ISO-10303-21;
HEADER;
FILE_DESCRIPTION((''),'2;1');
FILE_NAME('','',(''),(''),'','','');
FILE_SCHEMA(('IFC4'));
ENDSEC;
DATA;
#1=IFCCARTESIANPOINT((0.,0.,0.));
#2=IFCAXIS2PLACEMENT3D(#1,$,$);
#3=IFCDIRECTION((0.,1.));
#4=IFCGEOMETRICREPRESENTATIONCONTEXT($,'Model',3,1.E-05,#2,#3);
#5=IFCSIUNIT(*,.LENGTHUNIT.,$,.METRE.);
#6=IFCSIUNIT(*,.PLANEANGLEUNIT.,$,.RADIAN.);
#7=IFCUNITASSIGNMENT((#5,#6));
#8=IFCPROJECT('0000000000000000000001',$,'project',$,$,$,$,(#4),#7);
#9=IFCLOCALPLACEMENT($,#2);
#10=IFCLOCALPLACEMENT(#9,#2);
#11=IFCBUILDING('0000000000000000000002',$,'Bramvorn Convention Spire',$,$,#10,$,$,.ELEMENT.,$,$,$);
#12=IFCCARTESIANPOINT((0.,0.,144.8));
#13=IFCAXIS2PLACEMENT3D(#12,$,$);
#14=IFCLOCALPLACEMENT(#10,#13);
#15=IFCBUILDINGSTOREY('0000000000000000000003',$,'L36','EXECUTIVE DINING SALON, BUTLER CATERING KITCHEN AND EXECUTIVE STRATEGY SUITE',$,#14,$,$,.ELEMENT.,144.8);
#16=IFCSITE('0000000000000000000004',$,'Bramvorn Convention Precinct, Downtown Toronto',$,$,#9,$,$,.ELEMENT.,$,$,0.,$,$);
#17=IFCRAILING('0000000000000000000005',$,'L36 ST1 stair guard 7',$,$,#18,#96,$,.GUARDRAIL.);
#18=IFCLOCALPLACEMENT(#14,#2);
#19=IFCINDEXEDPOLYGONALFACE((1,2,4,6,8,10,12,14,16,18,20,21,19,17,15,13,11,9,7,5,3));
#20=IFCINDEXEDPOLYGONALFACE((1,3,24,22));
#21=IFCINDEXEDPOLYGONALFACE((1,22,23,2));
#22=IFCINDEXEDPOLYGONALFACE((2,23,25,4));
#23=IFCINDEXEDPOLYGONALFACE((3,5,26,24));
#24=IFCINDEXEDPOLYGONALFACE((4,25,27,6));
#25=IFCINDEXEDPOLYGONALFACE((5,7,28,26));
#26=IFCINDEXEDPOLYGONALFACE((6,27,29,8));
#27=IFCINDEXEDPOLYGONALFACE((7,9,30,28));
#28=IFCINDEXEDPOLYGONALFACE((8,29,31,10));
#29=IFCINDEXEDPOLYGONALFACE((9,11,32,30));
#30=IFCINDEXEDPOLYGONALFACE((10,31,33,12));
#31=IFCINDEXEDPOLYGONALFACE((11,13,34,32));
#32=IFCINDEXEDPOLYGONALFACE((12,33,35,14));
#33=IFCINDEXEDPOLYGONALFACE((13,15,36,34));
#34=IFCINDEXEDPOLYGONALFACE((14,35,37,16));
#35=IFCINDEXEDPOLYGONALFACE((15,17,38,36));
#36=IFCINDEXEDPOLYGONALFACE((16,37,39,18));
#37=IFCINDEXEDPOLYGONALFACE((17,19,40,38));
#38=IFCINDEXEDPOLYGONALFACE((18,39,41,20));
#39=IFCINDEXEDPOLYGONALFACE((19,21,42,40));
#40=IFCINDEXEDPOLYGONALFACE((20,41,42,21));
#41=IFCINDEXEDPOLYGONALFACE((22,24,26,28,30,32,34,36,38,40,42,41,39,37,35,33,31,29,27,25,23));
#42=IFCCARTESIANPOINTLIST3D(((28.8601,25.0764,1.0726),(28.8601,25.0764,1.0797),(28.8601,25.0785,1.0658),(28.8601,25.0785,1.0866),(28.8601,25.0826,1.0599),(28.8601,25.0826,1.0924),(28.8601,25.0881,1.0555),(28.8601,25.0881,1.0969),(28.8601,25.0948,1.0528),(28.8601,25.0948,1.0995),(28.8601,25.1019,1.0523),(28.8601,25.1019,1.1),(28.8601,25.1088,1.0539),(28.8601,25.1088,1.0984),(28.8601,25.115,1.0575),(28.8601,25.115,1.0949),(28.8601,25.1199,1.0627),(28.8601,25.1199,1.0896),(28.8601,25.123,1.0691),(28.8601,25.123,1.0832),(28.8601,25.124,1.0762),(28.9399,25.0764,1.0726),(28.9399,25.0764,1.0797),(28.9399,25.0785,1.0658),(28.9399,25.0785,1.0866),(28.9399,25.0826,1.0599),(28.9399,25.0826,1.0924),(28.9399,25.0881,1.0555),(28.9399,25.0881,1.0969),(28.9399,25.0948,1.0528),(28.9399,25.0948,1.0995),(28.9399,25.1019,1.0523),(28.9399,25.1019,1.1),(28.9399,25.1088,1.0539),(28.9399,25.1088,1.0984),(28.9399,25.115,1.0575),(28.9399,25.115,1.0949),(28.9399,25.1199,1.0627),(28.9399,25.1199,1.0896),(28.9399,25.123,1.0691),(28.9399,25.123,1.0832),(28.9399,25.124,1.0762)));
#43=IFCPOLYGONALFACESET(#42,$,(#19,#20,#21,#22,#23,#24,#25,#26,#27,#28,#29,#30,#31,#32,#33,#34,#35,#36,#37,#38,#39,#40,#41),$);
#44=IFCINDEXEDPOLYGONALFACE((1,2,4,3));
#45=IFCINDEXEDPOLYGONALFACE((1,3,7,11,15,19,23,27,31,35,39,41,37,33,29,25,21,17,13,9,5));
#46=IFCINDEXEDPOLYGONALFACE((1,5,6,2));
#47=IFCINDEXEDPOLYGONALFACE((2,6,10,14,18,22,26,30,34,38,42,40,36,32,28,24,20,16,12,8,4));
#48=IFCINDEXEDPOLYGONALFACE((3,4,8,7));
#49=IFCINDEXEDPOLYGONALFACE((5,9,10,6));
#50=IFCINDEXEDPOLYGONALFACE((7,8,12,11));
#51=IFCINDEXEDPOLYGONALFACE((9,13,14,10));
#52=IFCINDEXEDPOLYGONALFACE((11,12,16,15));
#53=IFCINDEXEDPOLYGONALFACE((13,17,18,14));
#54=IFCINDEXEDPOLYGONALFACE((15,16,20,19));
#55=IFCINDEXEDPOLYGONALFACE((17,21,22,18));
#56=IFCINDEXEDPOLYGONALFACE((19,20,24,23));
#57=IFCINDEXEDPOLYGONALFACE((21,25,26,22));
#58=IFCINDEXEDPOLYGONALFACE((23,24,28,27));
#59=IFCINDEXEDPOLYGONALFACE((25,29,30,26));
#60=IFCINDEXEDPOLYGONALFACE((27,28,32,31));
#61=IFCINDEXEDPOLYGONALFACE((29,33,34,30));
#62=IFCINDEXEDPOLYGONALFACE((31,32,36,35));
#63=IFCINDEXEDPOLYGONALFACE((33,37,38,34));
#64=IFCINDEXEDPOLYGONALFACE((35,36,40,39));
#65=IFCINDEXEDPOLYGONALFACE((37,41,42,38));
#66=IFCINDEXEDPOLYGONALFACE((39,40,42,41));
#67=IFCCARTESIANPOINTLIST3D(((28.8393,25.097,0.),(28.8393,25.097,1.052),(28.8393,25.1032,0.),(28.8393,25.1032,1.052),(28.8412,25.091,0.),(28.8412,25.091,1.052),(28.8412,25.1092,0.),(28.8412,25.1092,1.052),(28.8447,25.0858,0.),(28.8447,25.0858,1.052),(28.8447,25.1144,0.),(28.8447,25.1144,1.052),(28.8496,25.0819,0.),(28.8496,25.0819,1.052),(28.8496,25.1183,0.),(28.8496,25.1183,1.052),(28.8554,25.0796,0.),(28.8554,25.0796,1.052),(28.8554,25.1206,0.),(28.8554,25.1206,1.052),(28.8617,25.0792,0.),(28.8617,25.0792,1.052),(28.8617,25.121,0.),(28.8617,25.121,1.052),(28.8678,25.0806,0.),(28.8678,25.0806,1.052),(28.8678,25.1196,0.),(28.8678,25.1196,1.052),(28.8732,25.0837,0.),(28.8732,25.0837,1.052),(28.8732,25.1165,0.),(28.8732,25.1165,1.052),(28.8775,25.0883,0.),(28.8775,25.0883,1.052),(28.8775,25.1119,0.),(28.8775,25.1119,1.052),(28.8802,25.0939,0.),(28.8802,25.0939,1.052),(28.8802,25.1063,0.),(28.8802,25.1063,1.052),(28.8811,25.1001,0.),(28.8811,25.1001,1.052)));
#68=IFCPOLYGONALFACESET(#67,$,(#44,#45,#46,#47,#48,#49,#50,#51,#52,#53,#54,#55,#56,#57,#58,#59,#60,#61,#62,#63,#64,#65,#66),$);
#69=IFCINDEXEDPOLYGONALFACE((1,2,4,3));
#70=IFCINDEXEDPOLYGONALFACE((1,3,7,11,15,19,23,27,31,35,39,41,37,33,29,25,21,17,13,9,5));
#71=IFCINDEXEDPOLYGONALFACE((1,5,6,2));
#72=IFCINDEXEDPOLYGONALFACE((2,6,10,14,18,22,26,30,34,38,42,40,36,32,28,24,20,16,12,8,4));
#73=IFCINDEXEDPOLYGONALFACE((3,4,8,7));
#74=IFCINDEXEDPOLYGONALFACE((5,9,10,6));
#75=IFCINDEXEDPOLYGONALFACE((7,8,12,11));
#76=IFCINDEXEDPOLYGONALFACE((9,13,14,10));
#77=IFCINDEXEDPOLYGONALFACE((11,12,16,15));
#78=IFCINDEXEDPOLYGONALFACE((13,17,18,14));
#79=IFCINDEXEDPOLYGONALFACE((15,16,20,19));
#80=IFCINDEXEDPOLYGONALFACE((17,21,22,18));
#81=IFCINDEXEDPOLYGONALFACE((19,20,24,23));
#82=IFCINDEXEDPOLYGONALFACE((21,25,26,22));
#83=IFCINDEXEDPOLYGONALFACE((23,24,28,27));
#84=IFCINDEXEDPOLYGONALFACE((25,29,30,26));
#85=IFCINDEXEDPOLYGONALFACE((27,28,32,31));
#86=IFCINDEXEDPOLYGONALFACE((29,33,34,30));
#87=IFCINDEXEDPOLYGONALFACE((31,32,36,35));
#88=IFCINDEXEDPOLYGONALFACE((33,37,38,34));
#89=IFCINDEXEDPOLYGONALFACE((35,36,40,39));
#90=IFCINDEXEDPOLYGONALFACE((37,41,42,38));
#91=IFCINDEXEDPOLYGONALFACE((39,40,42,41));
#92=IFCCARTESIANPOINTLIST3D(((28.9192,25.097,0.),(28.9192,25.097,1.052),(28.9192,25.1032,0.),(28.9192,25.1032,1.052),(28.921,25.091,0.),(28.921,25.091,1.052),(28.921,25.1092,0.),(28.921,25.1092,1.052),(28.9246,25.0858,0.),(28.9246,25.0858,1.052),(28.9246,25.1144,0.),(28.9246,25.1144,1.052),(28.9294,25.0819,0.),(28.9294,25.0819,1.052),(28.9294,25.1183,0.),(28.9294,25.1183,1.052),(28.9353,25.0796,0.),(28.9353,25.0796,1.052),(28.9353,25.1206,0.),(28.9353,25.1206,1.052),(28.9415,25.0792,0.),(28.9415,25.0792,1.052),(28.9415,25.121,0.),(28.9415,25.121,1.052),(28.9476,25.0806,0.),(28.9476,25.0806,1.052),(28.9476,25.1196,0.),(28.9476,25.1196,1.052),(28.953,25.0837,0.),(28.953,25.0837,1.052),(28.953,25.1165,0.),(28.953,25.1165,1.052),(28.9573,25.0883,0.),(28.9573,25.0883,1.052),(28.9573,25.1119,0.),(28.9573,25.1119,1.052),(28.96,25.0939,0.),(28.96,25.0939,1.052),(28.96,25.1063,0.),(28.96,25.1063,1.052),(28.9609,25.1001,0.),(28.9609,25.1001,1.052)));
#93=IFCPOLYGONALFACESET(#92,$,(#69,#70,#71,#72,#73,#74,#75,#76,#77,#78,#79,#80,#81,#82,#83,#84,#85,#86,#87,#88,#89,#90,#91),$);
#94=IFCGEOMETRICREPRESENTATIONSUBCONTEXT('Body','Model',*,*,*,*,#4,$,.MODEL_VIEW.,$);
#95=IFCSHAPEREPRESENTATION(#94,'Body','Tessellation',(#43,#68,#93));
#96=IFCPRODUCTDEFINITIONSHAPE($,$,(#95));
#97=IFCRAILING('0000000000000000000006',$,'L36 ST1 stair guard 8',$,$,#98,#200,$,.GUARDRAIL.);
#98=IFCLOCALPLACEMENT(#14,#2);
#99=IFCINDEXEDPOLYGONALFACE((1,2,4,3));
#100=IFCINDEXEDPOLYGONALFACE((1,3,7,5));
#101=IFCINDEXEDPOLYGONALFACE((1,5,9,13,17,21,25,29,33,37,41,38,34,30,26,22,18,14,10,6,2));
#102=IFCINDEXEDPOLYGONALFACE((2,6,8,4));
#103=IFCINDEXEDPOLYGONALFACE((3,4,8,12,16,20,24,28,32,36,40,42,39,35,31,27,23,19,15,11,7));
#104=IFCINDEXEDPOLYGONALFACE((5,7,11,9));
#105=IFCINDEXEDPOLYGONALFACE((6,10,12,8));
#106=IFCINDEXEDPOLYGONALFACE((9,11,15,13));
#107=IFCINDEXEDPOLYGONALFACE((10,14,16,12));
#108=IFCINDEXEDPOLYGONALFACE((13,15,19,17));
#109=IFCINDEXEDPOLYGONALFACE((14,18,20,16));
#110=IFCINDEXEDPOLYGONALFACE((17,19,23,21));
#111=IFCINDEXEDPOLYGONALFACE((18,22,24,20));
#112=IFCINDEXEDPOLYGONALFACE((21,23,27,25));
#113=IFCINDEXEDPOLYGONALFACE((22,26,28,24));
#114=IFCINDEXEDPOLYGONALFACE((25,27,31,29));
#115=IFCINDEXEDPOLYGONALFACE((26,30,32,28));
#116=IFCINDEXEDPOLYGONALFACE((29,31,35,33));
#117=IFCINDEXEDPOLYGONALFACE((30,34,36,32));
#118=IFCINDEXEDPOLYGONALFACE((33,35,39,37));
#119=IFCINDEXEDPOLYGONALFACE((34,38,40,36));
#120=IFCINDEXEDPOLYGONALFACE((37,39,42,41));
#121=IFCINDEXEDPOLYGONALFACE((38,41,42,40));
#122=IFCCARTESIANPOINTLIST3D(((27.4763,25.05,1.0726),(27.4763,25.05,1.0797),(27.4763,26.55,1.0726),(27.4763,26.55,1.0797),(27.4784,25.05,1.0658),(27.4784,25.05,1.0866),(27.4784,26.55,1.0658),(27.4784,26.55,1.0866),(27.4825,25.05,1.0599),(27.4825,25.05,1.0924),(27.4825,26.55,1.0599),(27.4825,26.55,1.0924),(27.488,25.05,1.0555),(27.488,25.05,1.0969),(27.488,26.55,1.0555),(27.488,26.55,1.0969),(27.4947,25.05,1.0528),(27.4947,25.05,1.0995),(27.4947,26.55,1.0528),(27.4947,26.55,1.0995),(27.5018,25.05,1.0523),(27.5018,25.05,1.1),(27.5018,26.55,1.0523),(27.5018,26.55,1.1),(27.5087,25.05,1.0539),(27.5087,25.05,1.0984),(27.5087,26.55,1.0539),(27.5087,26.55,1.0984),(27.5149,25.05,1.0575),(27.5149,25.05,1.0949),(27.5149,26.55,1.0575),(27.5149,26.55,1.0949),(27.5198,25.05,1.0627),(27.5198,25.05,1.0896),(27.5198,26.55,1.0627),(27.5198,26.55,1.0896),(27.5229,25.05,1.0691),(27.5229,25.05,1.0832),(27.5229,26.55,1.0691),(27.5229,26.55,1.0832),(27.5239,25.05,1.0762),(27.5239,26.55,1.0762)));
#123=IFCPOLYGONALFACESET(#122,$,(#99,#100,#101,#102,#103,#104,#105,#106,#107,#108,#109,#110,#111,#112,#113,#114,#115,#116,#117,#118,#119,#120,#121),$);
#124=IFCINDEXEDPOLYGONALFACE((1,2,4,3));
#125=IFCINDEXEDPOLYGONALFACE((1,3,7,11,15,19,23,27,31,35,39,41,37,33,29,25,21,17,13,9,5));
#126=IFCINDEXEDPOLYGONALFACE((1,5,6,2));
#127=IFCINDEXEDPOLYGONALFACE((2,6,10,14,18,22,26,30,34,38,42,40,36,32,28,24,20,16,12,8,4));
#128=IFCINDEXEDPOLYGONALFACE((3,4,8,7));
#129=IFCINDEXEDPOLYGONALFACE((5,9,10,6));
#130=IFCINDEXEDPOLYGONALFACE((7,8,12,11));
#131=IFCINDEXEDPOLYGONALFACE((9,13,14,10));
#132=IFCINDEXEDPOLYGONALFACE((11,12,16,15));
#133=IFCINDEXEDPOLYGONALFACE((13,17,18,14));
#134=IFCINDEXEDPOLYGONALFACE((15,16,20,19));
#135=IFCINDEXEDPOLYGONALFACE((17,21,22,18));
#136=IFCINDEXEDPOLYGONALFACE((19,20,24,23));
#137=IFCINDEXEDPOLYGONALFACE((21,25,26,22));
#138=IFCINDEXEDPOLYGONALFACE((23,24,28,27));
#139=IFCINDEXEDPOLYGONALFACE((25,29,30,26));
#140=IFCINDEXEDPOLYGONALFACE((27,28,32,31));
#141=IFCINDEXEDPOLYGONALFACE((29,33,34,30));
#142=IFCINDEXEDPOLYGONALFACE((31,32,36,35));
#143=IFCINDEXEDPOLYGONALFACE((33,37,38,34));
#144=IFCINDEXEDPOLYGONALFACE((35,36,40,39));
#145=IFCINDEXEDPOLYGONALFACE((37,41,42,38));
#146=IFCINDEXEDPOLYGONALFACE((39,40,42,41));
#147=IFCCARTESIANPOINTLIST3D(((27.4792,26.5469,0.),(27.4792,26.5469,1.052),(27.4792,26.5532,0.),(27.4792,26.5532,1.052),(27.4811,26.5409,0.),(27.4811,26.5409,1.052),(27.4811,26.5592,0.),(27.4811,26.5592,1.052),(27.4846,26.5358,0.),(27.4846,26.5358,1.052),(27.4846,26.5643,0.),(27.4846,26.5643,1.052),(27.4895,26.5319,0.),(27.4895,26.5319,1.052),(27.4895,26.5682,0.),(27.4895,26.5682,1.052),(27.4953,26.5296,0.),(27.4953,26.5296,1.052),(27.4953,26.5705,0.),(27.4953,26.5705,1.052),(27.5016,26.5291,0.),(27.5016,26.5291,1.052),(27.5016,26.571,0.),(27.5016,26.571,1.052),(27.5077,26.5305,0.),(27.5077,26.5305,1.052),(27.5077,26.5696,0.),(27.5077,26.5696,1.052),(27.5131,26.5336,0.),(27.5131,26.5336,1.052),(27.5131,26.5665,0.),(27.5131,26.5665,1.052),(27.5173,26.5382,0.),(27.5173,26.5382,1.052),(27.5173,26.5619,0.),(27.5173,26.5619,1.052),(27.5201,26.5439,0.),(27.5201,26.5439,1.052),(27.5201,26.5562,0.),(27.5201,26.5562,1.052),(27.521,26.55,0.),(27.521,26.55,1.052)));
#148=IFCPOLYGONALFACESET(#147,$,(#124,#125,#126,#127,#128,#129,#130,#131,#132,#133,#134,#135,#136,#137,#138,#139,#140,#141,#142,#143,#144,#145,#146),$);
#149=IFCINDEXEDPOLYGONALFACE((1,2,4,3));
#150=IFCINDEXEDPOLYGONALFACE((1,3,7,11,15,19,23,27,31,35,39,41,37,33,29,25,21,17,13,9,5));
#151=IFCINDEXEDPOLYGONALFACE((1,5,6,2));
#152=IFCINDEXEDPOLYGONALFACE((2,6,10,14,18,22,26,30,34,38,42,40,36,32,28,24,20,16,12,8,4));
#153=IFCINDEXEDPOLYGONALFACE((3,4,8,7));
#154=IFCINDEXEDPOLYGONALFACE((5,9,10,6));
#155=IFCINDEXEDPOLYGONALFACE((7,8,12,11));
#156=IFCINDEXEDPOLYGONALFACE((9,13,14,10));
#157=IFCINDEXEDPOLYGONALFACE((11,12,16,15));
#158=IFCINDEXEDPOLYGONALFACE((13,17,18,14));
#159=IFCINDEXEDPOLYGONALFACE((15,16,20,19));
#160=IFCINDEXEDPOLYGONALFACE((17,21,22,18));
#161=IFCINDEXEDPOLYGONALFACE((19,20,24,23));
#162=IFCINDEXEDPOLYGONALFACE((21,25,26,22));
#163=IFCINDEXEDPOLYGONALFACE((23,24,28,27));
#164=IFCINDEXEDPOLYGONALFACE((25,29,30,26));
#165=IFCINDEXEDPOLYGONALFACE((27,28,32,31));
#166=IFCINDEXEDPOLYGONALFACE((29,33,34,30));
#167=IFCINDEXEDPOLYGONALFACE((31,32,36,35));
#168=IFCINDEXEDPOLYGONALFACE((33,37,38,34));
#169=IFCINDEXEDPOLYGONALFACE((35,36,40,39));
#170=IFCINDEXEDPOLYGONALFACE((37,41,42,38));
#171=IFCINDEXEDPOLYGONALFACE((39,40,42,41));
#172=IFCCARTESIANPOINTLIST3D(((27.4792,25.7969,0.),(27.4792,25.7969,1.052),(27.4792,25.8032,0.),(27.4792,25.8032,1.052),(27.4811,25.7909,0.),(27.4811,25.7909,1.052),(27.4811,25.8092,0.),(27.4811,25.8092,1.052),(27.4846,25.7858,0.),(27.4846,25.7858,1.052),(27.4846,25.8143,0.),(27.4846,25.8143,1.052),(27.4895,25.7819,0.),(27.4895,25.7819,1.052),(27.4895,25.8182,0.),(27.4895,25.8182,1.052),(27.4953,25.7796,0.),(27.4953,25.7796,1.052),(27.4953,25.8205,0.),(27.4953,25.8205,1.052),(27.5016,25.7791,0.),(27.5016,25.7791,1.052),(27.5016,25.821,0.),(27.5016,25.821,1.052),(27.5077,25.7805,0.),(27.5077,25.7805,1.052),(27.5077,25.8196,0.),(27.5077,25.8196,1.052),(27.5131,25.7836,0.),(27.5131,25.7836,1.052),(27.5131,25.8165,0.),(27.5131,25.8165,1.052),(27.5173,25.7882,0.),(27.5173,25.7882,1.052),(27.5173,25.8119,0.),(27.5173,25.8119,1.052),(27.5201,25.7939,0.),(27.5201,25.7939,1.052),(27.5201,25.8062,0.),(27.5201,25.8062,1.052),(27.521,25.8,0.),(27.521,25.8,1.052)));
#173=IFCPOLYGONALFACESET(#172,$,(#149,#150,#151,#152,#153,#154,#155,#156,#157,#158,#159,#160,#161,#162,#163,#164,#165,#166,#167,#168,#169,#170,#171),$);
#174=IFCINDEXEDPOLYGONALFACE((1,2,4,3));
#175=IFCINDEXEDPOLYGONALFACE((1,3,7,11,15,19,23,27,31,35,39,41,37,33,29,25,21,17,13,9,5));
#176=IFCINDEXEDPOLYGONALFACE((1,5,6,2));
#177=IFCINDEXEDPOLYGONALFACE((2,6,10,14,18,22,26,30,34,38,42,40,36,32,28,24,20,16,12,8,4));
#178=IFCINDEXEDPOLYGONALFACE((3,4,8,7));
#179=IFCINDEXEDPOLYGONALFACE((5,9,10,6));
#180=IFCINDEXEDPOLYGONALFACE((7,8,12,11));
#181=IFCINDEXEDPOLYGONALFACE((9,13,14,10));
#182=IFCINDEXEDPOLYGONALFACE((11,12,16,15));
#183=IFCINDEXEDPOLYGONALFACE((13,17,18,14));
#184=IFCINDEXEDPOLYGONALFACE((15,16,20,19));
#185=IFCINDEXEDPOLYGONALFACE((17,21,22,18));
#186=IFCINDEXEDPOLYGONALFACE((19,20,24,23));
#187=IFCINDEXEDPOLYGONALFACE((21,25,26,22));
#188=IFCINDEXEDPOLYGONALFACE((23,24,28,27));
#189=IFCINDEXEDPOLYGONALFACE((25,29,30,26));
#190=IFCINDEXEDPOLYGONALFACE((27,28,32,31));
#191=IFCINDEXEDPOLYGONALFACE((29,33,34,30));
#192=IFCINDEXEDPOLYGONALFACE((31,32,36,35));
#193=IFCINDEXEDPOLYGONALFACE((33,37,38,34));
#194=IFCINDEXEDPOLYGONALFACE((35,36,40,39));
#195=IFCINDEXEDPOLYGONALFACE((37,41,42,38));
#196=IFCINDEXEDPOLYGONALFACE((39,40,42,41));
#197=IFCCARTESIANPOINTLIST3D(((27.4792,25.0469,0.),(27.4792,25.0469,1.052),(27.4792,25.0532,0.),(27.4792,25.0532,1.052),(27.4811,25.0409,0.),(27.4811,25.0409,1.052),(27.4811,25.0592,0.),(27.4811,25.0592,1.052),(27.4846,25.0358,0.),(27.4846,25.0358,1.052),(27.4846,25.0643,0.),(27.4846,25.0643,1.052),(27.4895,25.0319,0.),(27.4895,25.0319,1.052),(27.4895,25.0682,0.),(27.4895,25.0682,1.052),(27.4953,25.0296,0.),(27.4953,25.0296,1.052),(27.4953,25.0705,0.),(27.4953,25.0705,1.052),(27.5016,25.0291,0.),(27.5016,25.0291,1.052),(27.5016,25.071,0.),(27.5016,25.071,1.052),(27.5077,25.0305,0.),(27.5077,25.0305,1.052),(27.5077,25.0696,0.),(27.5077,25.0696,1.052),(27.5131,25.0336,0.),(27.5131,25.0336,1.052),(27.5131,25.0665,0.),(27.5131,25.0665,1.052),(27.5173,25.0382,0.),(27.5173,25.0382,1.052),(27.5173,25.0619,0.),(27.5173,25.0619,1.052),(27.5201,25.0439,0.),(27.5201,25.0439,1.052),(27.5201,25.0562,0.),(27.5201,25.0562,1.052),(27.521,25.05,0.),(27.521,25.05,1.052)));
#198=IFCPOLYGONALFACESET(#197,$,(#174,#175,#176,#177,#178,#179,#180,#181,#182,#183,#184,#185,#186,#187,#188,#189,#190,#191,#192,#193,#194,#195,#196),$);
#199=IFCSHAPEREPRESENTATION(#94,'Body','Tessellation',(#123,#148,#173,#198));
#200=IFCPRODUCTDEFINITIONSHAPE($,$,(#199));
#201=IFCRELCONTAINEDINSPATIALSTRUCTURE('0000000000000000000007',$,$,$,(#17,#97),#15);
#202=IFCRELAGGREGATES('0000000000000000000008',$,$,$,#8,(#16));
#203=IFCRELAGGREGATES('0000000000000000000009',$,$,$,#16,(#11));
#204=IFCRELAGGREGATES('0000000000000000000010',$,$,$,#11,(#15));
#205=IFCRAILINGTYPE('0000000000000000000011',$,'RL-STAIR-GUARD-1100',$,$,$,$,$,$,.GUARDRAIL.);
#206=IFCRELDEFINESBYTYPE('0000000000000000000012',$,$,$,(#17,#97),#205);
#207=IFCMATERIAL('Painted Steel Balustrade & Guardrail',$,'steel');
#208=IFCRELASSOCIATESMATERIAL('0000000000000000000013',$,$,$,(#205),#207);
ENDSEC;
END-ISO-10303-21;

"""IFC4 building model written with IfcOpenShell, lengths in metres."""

from ifc_helpers import new_model, si_unit, direction, frame, origin, origin_2d, place, context, subcontext, project, spatial, circle, extrude, material, type_object, element, save


model = new_model("IFC4")

# Units and contexts
model_context = context("Model", 3, precision=1e-05, world=origin(), true_north=direction((0.0, 1.0)))
body_context = subcontext(model_context, "Body", "Model", "MODEL_VIEW")
ifc_project = project(units=[si_unit("LENGTHUNIT", "METRE"), si_unit("PLANEANGLEUNIT", "RADIAN")], contexts=[model_context])

# Site, building, storey
site_placement = place(None, origin())
site = spatial("IfcSite", under=ifc_project, at=site_placement, Name="Bramvorn Convention Precinct, Downtown Toronto", CompositionType="ELEMENT", RefElevation=0.0)
building_placement = place(site_placement, origin())
building = spatial("IfcBuilding", under=site, at=building_placement, Name="Bramvorn Convention Spire", CompositionType="ELEMENT")
storey_placement = place(building_placement, frame((0.0, 0.0, 144.8)))
storey = spatial("IfcBuildingStorey", under=building, at=storey_placement, Name="L36", Description="EXECUTIVE DINING SALON, BUTLER CATERING KITCHEN AND EXECUTIVE STRATEGY SUITE", CompositionType="ELEMENT", Elevation=144.8)

# Railings
ifc_material_1 = material(Name="Painted Steel Balustrade & Guardrail", Category="steel")
railing_type_1 = type_object("IfcRailingType", Name="RL-STAIR-GUARD-1100", PredefinedType="GUARDRAIL", material=ifc_material_1)
railing_1_placement = place(storey_placement, frame((28.8601, 25.1001, 0.0)))
element("IfcRailing", 1, at=railing_1_placement, inside=storey, type_object=railing_type_1, Name="L36 ST1 stair guard 7", PredefinedType="GUARDRAIL", context=body_context, shape_type="SweptSolid", body=[
    extrude(circle(Radius=0.0239, at=origin_2d()), frame((0.0, 0.0, 1.0762), z_axis=(1.0, 0.0, 0.0), x_axis=(0.0, 1.0, 0.0)), (0.0, 0.0, 1.0), 0.0798),
    extrude(circle(Radius=0.021, at=origin_2d()), origin(), (0.0, 0.0, 1.0), 1.052),
    extrude(circle(Radius=0.021, at=origin_2d()), frame((0.0798, 0.0, 0.0)), (0.0, 0.0, 1.0), 1.052),
])
railing_2_placement = place(storey_placement, frame((27.5, 26.55, 0.0)))
element("IfcRailing", 2, at=railing_2_placement, inside=storey, type_object=railing_type_1, Name="L36 ST1 stair guard 8", PredefinedType="GUARDRAIL", context=body_context, shape_type="SweptSolid", body=[
    extrude(circle(Radius=0.0239, at=origin_2d()), frame((0.0, 0.0, 1.0762), z_axis=(0.0, -1.0, 0.0), x_axis=(1.0, 0.0, 0.0)), (0.0, 0.0, 1.0), 1.5),
    extrude(circle(Radius=0.021, at=origin_2d()), origin(), (0.0, 0.0, 1.0), 1.052),
    extrude(circle(Radius=0.021, at=origin_2d()), frame((0.0, -0.75, 0.0)), (0.0, 0.0, 1.0), 1.052),
    extrude(circle(Radius=0.021, at=origin_2d()), frame((0.0, -1.5, 0.0)), (0.0, 0.0, 1.0), 1.052),
])

save(model, "model.ifc")
